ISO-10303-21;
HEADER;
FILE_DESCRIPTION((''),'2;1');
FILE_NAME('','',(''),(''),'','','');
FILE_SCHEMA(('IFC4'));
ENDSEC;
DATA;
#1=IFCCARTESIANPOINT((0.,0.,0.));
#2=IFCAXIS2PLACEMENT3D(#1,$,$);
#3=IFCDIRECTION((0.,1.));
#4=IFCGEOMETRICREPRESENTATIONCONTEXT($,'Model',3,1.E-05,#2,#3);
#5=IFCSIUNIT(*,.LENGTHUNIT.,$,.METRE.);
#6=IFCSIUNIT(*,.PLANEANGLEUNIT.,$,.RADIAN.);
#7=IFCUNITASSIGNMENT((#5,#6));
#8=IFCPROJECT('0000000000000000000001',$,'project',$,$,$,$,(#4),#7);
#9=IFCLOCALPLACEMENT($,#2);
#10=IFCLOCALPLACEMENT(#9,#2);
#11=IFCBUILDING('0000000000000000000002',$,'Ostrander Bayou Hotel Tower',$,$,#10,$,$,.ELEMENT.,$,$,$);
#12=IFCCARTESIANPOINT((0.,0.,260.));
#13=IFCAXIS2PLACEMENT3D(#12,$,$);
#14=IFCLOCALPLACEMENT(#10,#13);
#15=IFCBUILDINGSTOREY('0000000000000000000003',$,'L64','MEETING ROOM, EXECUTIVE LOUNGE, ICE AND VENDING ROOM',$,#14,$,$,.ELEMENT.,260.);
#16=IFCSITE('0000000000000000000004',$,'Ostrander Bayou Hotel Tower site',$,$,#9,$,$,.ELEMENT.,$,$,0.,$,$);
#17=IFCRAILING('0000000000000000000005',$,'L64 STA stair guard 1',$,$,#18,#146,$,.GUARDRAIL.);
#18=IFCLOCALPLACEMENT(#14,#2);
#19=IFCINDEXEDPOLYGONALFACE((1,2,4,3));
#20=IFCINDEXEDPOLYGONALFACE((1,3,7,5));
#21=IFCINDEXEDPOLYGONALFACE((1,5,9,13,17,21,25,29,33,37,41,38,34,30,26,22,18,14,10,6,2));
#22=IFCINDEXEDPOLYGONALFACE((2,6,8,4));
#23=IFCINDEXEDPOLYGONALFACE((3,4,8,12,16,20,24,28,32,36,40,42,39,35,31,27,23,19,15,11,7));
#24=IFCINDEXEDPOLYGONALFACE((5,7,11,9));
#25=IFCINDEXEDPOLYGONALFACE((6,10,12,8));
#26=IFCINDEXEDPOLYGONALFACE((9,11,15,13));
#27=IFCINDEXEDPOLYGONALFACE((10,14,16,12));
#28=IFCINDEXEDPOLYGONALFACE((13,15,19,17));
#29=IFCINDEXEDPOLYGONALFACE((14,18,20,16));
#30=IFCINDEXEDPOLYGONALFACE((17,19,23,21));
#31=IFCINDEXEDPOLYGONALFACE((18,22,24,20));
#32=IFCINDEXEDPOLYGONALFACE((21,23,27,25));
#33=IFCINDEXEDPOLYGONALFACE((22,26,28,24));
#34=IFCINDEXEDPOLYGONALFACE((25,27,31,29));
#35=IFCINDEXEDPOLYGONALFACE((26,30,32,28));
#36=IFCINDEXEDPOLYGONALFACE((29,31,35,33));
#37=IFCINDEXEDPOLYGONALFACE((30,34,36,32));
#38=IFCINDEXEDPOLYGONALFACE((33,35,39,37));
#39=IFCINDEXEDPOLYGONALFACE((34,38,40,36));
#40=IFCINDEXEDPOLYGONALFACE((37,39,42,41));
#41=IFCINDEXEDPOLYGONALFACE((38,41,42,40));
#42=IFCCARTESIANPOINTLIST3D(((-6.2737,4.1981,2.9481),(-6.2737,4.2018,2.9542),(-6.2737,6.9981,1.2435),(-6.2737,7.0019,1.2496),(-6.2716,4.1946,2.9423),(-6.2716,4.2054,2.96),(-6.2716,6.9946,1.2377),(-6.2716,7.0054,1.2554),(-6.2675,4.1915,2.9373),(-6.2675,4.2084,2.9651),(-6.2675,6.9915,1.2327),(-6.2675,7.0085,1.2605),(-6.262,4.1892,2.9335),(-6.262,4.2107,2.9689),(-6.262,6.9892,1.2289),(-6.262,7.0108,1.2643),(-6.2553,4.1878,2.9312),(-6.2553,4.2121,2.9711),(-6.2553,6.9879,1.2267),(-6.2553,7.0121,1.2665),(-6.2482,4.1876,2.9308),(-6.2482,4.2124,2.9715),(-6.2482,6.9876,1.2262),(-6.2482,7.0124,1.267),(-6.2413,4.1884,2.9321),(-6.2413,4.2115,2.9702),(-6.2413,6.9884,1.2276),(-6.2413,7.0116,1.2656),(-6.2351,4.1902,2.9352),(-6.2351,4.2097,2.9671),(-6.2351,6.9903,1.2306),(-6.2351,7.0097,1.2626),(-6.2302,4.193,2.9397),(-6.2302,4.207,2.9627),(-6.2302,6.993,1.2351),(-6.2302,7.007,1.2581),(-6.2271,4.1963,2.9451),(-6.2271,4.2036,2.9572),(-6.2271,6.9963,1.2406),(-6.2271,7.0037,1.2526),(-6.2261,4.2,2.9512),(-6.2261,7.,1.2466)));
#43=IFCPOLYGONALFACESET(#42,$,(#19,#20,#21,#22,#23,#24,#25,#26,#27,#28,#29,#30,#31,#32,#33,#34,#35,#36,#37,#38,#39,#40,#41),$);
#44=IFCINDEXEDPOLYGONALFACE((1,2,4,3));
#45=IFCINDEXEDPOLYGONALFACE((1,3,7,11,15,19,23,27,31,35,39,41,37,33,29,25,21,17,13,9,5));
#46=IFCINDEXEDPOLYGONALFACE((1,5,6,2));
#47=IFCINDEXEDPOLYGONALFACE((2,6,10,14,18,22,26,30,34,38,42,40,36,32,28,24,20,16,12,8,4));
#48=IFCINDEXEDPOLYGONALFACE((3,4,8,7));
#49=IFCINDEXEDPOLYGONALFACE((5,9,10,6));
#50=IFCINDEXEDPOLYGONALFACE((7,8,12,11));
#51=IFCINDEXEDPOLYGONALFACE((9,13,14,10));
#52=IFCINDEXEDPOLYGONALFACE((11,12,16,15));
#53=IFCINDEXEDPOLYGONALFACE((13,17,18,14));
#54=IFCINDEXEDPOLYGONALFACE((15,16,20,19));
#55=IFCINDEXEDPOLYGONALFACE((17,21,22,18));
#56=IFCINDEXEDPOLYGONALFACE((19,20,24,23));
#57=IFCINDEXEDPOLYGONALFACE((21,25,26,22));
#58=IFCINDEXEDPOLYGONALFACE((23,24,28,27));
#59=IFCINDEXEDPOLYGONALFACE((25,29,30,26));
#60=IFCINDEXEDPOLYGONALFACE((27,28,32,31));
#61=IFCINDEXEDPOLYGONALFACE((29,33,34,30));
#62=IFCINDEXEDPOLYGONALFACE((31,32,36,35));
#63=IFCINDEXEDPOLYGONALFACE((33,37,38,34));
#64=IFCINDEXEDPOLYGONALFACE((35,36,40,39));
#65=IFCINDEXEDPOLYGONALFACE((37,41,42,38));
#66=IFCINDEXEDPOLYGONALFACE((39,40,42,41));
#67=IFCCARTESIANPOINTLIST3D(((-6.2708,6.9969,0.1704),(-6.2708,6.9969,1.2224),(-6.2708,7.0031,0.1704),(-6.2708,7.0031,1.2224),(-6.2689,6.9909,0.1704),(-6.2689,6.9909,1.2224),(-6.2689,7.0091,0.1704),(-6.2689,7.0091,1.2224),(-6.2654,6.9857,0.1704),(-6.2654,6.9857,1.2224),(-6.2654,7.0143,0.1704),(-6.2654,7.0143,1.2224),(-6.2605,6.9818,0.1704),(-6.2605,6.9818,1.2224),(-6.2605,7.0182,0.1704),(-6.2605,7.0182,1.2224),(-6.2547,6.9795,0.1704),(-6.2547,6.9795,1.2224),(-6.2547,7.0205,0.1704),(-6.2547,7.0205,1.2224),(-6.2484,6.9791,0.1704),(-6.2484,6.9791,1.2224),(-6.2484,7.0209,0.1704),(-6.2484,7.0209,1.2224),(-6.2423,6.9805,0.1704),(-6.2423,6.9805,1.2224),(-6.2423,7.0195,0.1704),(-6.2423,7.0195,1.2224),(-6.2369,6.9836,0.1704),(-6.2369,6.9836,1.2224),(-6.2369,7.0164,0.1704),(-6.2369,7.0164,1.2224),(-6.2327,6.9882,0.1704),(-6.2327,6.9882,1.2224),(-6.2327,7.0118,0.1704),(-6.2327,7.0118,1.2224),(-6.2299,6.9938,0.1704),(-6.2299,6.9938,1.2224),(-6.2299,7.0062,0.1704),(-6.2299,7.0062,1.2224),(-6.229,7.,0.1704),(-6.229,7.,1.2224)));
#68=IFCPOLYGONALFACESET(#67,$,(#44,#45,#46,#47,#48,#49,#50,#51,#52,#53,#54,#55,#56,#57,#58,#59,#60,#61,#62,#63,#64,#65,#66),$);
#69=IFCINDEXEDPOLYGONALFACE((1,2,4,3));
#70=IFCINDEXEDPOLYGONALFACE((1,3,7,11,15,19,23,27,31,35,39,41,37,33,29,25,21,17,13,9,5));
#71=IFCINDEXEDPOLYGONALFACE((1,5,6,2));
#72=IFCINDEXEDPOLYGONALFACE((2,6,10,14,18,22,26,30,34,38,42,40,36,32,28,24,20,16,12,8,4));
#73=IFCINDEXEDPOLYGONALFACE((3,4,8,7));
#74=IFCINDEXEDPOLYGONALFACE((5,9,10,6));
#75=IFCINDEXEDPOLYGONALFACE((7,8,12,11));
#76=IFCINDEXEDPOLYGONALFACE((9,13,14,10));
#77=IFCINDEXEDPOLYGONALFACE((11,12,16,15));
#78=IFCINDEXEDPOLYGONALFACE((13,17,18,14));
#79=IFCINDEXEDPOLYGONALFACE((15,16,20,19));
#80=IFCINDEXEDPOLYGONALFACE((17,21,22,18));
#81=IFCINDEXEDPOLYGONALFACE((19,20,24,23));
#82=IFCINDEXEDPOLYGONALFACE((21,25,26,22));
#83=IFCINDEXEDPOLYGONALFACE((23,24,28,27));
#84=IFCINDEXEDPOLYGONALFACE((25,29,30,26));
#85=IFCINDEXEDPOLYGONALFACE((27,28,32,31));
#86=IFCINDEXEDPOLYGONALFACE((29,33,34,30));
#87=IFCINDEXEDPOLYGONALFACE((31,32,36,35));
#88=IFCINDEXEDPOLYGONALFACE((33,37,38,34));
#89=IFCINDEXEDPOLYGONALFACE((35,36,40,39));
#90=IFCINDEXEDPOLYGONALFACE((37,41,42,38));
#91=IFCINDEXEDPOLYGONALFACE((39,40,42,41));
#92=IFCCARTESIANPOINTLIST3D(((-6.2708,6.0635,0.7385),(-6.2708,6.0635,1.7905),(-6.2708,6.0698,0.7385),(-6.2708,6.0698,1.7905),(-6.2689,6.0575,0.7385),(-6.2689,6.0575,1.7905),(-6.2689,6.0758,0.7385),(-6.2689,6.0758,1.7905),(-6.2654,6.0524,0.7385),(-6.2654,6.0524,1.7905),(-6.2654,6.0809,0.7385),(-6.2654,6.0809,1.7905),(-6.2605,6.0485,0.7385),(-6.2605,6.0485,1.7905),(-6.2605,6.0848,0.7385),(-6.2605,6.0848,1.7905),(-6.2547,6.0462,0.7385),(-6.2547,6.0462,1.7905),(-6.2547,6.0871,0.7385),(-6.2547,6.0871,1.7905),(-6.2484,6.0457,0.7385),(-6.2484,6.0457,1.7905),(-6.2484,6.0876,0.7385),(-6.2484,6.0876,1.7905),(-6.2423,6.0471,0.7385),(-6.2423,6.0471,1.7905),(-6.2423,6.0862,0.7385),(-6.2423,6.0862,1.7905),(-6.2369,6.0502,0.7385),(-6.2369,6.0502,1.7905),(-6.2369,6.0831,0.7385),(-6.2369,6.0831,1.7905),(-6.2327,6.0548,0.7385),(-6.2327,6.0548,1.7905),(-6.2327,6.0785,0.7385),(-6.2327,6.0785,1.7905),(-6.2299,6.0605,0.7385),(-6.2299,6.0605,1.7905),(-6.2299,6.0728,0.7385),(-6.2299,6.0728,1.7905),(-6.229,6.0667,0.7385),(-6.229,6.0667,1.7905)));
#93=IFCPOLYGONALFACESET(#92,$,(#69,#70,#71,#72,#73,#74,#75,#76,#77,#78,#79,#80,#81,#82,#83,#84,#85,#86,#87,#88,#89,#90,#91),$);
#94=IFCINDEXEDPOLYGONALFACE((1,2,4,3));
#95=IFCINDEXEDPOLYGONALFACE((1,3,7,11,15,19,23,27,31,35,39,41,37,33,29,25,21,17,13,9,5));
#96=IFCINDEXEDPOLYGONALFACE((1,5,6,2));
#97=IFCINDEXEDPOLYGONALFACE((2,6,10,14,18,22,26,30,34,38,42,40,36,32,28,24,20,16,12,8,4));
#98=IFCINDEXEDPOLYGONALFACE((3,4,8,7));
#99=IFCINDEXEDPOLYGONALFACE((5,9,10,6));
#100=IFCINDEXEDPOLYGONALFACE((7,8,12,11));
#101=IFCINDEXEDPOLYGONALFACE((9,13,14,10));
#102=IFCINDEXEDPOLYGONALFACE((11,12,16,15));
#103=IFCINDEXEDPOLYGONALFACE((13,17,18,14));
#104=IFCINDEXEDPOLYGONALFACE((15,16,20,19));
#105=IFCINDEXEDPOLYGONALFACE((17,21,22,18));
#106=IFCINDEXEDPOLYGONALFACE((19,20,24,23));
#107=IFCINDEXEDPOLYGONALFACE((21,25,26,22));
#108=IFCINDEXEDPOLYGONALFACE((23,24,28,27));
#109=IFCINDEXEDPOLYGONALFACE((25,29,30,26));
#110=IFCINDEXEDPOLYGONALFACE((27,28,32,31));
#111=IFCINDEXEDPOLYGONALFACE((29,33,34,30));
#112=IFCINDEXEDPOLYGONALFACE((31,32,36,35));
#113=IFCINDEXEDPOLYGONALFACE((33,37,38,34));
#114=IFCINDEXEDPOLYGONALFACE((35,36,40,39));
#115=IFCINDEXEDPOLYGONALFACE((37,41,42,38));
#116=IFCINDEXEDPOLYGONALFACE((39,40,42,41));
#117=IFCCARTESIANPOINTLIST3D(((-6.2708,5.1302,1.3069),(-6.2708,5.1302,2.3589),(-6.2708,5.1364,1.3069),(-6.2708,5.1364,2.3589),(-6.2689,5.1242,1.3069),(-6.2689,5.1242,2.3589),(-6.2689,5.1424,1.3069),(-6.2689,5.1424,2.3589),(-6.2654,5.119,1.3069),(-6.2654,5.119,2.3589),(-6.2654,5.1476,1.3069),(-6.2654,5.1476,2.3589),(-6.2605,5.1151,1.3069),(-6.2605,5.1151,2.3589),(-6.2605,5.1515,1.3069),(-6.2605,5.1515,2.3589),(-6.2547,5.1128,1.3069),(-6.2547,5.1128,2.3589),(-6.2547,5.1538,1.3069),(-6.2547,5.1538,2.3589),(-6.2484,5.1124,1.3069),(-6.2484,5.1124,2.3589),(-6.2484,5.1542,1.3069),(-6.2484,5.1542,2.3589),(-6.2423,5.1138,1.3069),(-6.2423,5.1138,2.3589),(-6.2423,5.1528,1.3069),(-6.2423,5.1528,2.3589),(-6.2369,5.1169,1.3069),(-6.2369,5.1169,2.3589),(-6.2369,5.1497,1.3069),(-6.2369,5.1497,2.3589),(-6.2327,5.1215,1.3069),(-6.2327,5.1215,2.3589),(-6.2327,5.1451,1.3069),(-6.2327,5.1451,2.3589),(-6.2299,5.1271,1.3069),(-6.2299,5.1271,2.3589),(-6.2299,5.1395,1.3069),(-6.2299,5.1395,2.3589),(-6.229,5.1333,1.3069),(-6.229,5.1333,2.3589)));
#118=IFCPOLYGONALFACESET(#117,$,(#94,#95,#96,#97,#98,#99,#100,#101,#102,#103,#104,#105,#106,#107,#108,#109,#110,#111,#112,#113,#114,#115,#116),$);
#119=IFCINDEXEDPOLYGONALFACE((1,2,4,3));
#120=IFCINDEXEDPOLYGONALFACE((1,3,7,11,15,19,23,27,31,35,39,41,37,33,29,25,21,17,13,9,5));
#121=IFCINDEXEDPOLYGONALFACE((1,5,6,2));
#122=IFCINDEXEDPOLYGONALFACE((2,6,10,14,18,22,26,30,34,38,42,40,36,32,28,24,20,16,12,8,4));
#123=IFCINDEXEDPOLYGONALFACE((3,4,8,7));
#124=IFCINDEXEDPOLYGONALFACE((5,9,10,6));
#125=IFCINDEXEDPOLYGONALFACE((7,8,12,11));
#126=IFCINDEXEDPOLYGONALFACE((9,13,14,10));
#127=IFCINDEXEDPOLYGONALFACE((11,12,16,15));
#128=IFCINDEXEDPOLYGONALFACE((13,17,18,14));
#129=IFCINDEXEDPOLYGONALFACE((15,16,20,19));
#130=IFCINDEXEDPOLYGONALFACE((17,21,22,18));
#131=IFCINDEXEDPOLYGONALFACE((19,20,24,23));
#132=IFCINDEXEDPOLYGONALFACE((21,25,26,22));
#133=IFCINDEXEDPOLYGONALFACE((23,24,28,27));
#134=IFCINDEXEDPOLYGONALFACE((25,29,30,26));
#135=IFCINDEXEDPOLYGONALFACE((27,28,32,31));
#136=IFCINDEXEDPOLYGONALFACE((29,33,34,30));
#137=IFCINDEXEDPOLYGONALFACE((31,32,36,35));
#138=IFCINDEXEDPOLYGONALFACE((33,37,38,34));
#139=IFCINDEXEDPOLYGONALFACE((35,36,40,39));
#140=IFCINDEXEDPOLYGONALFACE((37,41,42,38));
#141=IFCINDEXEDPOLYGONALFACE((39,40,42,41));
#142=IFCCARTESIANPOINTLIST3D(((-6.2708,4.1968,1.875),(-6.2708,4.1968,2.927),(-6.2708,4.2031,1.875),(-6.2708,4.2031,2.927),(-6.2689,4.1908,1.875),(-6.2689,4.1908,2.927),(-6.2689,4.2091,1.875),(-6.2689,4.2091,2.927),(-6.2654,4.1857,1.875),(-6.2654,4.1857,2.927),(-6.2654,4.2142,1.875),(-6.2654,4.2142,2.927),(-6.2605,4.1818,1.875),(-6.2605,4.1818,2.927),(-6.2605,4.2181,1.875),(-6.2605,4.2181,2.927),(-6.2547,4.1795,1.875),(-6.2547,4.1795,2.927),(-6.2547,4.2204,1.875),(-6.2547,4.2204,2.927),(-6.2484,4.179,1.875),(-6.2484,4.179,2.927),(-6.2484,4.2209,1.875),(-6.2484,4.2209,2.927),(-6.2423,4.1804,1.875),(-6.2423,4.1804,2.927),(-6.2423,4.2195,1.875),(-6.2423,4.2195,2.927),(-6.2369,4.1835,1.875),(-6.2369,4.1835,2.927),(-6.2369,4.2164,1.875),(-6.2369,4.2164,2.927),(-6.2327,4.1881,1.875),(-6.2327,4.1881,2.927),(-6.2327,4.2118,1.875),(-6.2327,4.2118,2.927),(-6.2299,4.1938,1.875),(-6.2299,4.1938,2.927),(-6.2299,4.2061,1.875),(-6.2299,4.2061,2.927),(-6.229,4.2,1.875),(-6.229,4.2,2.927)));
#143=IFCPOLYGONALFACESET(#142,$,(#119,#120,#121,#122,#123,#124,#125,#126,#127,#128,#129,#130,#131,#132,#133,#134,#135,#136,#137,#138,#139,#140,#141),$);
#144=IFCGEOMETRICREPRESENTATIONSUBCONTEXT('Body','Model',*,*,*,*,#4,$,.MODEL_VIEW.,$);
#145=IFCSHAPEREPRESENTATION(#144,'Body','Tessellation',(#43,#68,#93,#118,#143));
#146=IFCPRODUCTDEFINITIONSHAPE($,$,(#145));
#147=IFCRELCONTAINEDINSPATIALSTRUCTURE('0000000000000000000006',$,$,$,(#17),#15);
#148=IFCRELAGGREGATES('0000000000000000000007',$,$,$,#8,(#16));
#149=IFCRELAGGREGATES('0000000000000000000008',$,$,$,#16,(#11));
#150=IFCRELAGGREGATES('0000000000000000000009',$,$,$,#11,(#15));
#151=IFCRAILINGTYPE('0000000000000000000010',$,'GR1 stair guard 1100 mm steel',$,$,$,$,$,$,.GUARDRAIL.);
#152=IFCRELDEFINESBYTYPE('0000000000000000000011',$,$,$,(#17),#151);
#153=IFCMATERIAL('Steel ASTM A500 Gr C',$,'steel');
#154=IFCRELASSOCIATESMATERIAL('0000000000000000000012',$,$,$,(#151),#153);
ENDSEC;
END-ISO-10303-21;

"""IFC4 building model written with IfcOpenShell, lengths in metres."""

from ifc_helpers import new_model, si_unit, direction, frame, origin, origin_2d, place, context, subcontext, project, spatial, circle, extrude, material, type_object, element, save


model = new_model("IFC4")

# Units and contexts
model_context = context("Model", 3, precision=1e-05, world=origin(), true_north=direction((0.0, 1.0)))
body_context = subcontext(model_context, "Body", "Model", "MODEL_VIEW")
ifc_project = project(units=[si_unit("LENGTHUNIT", "METRE"), si_unit("PLANEANGLEUNIT", "RADIAN")], contexts=[model_context])

# Site, building, storey
site_placement = place(None, origin())
site = spatial("IfcSite", under=ifc_project, at=site_placement, Name="Ostrander Bayou Hotel Tower site", CompositionType="ELEMENT", RefElevation=0.0)
building_placement = place(site_placement, origin())
building = spatial("IfcBuilding", under=site, at=building_placement, Name="Ostrander Bayou Hotel Tower", CompositionType="ELEMENT")
storey_placement = place(building_placement, frame((0.0, 0.0, 260.0)))
storey = spatial("IfcBuildingStorey", under=building, at=storey_placement, Name="L64", Description="MEETING ROOM, EXECUTIVE LOUNGE, ICE AND VENDING ROOM", CompositionType="ELEMENT", Elevation=260.0)

# Railing
ifc_material_1 = material(Name="Steel ASTM A500 Gr C", Category="steel")
railing_type = type_object("IfcRailingType", Name="GR1 stair guard 1100 mm steel", PredefinedType="GUARDRAIL", material=ifc_material_1)
railing_1_placement = place(storey_placement, frame((-6.25, 7.0, 0.1704)))
element("IfcRailing", 1, at=railing_1_placement, inside=storey, type_object=railing_type, Name="L64 STA stair guard 1", PredefinedType="GUARDRAIL", context=body_context, shape_type="SweptSolid", body=[
    extrude(circle(Radius=0.0239, at=origin_2d()), frame((0.0, 0.0, 1.0762), z_axis=(0.0, -0.85417, 0.519994), x_axis=(1.0, 0.0, 0.0)), (0.0, 0.0, 1.0), 3.2781),
    extrude(circle(Radius=0.021, at=origin_2d()), origin(), (0.0, 0.0, 1.0), 1.052),
    extrude(circle(Radius=0.021, at=origin_2d()), frame((0.0, -0.9333, 0.5681)), (0.0, 0.0, 1.0), 1.052),
    extrude(circle(Radius=0.021, at=origin_2d()), frame((0.0, -1.8667, 1.1365)), (0.0, 0.0, 1.0), 1.052),
    extrude(circle(Radius=0.021, at=origin_2d()), frame((0.0, -2.8, 1.7046)), (0.0, 0.0, 1.0), 1.052),
])

save(model, "model.ifc")
